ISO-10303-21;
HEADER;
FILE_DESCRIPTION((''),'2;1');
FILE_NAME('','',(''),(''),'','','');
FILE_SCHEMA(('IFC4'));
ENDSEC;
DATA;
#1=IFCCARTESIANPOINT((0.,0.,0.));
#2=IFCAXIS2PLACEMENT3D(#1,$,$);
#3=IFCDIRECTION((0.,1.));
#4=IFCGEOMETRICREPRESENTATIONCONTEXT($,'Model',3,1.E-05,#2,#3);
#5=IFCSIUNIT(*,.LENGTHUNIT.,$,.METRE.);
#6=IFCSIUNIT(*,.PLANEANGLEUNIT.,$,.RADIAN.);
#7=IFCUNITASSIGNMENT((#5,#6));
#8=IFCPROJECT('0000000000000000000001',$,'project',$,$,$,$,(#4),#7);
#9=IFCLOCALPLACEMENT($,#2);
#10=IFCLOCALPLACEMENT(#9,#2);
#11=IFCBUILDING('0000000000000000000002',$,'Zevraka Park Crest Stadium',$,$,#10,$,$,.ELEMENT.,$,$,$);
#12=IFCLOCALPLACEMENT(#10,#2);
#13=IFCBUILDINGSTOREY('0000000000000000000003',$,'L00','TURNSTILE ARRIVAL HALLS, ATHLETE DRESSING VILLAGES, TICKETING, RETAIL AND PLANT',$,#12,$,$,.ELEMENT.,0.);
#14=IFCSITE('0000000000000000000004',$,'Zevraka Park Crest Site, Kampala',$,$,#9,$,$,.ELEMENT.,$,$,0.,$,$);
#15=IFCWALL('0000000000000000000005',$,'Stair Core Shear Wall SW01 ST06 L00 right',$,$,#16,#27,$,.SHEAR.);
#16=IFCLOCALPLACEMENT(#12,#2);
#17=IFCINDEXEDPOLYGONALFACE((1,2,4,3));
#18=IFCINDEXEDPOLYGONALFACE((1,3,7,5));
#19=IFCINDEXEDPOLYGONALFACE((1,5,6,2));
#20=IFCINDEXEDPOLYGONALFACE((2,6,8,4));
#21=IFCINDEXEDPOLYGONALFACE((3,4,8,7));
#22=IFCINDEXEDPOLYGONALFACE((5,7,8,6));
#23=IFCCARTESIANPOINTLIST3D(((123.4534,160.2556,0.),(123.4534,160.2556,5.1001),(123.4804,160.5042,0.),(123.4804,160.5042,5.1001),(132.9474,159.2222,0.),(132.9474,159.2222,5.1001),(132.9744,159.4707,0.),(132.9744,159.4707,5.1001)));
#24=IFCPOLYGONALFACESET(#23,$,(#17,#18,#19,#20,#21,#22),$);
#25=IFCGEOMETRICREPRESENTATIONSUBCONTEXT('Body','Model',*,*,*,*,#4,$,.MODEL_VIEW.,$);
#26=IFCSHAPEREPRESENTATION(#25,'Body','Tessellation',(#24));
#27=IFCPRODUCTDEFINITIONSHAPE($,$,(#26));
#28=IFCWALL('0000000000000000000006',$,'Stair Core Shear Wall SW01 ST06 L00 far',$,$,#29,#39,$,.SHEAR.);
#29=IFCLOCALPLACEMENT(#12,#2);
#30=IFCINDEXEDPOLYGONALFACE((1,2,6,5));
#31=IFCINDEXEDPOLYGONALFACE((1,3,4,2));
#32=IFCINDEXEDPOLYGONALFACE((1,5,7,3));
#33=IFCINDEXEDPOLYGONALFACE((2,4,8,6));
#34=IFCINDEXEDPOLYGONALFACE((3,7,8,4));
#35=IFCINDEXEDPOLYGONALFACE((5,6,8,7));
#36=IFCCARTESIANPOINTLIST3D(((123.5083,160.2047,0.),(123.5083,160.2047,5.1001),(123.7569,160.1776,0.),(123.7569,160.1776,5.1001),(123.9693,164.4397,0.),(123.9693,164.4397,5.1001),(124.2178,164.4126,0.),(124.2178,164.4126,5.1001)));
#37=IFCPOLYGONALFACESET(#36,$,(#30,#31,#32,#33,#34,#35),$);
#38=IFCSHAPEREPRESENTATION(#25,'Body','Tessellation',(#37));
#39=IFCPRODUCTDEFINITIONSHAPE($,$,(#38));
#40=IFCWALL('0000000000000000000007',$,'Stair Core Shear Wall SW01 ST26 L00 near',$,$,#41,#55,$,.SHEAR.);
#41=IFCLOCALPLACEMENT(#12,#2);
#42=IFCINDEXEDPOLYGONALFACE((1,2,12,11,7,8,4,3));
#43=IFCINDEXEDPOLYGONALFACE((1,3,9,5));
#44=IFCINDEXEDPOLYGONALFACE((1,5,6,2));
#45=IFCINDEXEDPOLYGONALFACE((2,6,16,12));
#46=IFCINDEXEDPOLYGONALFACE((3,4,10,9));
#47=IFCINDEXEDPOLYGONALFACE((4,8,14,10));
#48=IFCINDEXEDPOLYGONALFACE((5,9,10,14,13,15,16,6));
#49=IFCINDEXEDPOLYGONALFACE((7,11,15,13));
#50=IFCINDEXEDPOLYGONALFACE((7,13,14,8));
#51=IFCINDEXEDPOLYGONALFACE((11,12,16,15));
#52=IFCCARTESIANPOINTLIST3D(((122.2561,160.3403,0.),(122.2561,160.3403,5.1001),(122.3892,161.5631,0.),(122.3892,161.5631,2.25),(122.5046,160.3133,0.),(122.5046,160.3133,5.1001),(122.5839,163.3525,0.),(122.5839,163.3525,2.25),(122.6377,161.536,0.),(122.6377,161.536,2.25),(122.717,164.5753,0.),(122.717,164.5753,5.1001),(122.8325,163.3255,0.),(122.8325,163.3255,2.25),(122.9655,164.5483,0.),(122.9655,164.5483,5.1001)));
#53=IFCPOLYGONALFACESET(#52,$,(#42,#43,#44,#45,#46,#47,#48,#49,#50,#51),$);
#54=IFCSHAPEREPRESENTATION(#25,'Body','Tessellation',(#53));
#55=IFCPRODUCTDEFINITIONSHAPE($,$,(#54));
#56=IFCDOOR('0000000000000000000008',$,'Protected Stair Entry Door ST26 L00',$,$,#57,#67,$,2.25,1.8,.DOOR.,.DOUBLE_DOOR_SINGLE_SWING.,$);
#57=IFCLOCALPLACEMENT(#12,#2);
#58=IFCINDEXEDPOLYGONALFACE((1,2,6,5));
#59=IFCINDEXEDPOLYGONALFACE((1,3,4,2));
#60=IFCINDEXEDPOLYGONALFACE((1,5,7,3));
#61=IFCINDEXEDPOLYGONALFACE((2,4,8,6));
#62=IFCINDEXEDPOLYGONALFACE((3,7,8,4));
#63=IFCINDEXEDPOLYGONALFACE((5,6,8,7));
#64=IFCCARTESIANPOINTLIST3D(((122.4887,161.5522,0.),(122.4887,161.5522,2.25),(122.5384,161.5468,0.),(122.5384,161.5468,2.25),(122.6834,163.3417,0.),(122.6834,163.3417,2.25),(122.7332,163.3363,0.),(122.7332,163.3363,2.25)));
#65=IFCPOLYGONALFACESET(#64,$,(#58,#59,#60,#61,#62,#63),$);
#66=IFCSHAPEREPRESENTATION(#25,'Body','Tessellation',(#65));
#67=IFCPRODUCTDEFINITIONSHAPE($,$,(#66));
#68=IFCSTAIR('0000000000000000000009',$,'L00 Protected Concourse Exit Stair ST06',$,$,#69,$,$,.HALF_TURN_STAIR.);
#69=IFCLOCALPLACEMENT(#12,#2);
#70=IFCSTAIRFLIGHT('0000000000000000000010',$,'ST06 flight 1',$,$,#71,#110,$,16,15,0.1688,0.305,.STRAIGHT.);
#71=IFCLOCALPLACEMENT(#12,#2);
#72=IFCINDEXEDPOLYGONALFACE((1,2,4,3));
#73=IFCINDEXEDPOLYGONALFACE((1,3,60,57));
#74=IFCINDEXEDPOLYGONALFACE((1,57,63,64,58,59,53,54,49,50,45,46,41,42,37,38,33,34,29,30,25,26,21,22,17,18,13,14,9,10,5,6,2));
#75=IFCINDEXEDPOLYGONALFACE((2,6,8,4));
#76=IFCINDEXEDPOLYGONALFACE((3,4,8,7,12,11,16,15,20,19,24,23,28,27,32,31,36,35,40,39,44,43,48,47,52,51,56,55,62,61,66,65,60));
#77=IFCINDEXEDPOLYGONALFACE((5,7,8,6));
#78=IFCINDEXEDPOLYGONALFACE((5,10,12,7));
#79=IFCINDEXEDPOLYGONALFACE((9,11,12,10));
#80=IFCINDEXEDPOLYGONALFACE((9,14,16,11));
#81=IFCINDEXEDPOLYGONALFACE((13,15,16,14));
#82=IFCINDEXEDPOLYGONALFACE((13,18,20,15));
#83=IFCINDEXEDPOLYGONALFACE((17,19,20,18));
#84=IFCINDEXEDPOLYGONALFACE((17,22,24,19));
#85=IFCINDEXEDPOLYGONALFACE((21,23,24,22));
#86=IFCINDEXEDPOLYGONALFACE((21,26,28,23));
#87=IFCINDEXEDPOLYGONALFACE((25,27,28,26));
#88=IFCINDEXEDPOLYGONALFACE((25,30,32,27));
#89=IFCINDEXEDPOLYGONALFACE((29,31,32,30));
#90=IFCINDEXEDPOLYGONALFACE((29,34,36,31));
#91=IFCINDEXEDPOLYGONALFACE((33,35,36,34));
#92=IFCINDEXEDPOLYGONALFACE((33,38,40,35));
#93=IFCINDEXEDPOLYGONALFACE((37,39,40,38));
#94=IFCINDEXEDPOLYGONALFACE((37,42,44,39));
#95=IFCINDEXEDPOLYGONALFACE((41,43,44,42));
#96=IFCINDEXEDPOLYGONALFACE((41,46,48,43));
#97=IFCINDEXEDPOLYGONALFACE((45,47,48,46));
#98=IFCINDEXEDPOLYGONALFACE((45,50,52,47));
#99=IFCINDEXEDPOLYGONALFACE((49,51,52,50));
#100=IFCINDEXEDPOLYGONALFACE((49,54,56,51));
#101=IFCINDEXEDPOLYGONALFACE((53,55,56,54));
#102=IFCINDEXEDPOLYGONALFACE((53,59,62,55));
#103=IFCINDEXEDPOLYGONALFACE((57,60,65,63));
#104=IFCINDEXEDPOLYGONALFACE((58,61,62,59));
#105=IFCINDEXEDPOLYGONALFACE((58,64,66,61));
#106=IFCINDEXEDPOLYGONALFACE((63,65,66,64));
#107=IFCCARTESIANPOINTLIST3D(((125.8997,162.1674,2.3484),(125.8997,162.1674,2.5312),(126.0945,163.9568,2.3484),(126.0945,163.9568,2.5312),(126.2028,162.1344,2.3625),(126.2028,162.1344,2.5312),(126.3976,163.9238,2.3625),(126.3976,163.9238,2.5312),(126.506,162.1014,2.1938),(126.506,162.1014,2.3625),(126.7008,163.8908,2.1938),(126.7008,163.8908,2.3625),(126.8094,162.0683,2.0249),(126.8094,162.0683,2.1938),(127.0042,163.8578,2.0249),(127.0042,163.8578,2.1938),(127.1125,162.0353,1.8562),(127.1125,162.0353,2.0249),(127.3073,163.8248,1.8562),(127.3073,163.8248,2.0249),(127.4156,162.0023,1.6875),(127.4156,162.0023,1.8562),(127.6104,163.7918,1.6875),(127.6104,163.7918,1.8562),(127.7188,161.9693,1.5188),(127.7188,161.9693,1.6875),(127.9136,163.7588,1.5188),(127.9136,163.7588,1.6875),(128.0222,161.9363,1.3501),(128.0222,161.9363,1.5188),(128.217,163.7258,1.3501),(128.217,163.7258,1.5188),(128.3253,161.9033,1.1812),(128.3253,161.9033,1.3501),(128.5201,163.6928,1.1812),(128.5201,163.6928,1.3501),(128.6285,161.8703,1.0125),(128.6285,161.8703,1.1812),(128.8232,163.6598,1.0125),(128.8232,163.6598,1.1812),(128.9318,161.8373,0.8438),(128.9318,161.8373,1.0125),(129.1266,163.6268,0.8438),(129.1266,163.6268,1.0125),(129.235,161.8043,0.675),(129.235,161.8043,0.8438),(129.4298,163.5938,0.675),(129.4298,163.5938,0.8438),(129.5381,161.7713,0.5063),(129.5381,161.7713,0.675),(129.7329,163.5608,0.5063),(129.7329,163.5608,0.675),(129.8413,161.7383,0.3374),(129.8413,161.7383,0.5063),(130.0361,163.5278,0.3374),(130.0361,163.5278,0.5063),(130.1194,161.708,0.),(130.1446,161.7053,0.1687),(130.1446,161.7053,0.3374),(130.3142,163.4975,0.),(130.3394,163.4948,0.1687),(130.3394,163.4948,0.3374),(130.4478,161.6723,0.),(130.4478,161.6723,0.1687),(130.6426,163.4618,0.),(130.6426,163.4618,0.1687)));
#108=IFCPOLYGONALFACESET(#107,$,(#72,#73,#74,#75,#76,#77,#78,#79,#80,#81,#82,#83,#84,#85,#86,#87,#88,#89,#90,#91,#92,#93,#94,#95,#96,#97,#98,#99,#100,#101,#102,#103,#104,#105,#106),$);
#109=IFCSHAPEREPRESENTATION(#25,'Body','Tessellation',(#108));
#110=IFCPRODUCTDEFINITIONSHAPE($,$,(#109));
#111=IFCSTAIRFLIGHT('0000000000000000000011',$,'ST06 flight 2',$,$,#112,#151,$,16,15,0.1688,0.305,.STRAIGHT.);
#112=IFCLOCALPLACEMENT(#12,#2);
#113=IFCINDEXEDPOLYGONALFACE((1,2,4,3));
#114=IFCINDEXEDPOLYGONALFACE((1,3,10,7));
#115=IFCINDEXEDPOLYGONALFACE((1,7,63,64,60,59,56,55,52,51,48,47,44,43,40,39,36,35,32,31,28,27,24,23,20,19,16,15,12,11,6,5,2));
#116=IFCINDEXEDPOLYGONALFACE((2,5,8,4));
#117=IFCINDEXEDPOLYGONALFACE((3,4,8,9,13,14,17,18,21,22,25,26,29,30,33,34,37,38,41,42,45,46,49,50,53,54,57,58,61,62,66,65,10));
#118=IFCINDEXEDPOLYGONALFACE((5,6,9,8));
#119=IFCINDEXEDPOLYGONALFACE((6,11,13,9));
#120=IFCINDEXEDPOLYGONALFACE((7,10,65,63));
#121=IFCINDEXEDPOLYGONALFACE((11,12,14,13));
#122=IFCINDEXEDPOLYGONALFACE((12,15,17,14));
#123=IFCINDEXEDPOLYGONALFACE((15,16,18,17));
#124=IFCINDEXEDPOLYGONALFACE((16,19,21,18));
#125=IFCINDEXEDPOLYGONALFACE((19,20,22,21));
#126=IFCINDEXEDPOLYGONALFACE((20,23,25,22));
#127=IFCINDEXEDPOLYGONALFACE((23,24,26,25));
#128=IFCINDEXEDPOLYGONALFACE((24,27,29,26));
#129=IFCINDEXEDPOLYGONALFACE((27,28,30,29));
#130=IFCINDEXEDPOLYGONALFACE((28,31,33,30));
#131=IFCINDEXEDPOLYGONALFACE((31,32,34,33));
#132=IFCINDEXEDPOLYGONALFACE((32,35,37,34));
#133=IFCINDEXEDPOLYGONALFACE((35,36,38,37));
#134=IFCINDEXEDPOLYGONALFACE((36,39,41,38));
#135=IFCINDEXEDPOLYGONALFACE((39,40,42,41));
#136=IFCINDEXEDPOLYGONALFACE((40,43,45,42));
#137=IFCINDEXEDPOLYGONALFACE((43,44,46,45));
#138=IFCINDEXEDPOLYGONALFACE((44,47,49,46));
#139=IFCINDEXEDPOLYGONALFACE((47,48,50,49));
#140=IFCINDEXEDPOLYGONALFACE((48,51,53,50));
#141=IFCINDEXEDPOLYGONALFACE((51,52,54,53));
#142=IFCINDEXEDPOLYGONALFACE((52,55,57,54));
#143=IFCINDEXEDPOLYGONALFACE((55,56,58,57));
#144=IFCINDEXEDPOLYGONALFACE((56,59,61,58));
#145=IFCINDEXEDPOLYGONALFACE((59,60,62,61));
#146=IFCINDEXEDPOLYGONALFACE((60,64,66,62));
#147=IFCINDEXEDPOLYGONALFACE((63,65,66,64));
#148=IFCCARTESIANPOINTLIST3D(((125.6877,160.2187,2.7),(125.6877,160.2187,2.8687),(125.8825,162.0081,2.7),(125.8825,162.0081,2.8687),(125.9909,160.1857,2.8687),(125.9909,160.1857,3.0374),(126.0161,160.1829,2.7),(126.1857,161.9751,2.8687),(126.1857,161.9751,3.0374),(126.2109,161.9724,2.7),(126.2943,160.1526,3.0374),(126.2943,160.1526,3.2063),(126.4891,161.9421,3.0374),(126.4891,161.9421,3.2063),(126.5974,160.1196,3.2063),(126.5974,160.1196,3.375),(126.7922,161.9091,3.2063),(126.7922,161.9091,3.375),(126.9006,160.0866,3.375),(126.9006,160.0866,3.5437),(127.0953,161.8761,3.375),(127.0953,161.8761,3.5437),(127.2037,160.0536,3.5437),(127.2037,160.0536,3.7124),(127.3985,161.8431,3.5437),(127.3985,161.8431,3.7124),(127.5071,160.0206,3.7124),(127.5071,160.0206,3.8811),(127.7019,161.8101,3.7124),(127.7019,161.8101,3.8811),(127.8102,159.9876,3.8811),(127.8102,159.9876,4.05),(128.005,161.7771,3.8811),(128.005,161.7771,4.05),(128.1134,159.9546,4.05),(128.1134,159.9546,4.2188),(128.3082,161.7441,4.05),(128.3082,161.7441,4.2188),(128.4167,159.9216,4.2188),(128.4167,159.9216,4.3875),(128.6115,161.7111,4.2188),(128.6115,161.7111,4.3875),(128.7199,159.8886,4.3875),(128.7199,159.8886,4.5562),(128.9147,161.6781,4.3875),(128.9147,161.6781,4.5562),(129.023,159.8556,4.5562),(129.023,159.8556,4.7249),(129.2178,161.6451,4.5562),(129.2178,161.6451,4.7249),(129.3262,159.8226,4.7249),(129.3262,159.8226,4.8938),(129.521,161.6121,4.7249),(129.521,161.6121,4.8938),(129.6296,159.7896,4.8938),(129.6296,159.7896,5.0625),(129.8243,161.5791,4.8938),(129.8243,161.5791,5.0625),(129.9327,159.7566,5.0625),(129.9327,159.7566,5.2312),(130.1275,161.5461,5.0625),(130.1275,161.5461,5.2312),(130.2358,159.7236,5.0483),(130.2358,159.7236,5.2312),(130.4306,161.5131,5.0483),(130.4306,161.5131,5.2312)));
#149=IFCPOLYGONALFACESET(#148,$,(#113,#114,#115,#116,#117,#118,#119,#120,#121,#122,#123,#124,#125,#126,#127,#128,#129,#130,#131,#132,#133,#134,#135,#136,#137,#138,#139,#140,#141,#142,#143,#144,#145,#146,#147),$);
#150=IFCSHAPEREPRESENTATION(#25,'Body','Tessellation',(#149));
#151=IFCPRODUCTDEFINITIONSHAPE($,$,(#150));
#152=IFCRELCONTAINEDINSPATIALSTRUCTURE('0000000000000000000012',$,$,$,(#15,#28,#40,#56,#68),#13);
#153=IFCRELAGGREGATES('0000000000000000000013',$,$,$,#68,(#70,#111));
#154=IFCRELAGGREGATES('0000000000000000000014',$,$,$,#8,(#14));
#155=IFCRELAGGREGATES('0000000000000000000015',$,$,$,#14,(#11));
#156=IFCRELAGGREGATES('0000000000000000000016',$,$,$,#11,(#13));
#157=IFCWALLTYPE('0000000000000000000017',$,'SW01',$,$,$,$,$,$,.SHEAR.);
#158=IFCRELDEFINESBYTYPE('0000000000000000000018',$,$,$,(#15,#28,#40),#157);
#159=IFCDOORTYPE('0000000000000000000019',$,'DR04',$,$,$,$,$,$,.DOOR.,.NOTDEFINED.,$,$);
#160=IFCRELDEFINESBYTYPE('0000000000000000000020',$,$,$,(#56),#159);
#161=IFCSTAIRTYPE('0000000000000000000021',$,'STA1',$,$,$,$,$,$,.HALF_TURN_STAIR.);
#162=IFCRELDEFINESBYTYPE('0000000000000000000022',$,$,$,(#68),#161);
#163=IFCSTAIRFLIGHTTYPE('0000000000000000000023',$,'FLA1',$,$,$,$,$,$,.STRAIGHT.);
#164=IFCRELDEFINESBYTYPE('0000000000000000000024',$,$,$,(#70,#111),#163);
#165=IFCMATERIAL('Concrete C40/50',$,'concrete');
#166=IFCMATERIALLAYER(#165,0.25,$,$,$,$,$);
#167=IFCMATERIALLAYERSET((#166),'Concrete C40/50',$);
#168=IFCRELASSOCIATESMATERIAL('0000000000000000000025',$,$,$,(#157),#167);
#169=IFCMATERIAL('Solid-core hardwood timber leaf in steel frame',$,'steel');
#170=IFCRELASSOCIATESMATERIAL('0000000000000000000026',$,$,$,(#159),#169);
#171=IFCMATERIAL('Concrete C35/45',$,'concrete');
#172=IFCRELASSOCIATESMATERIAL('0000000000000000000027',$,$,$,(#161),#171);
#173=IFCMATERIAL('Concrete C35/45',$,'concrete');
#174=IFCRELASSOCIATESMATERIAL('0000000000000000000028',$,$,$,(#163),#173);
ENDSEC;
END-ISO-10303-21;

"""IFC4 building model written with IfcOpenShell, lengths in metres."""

from ifc_helpers import new_model, si_unit, direction, frame, frame_2d, origin, place, context, subcontext, project, spatial, polyline, rectangle, outline, extrude, material, layer, layer_set, type_object, element, fill, aggregate, save


model = new_model("IFC4")

# Units and contexts
model_context = context("Model", 3, precision=1e-05, world=origin(), true_north=direction((0.0, 1.0)))
body_context = subcontext(model_context, "Body", "Model", "MODEL_VIEW")
ifc_project = project(units=[si_unit("LENGTHUNIT", "METRE"), si_unit("PLANEANGLEUNIT", "RADIAN")], contexts=[model_context])

# Site, building, storey
site_placement = place(None, origin())
site = spatial("IfcSite", under=ifc_project, at=site_placement, Name="Zevraka Park Crest Site, Kampala", CompositionType="ELEMENT", RefElevation=0.0)
building_placement = place(site_placement, origin())
building = spatial("IfcBuilding", under=site, at=building_placement, Name="Zevraka Park Crest Stadium", CompositionType="ELEMENT")
storey_placement = place(building_placement, origin())
storey = spatial("IfcBuildingStorey", under=building, at=storey_placement, Name="L00", Description="TURNSTILE ARRIVAL HALLS, ATHLETE DRESSING VILLAGES, TICKETING, RETAIL AND PLANT", CompositionType="ELEMENT", Elevation=0.0)

# Shared definitions
ifc_material_1 = material(Name="Concrete C40/50", Category="concrete")
ifc_layer_1 = layer(ifc_material_1, 0.25)
ifc_layer_set_1 = layer_set([ifc_layer_1], Name="Concrete C40/50")
wall_type_1 = type_object("IfcWallType", Name="SW01", PredefinedType="SHEAR", material=ifc_layer_set_1)

# Walls
wall_1_placement = place(storey_placement, frame((123.467, 160.3799, 0.0), z_axis=(0.0, 0.0, 1.0), x_axis=(0.994128, -0.108215, 0.0)))
element("IfcWall", 1, at=wall_1_placement, inside=storey, type_object=wall_type_1, Name="Stair Core Shear Wall SW01 ST06 L00 right", PredefinedType="SHEAR", context=body_context, shape_type="SweptSolid", body=[
    extrude(rectangle(XDim=9.55, YDim=0.25, at=frame_2d((4.7749, 0.0))), origin(), (0.0, 0.0, 1.0), 5.1001),
])
wall_2_placement = place(storey_placement, frame((124.0935, 164.426, 0.0), z_axis=(0.0, 0.0, 1.0), x_axis=(-0.108198, -0.994129, 0.0)))
element("IfcWall", 2, at=wall_2_placement, inside=storey, type_object=wall_type_1, Name="Stair Core Shear Wall SW01 ST06 L00 far", PredefinedType="SHEAR", context=body_context, shape_type="SweptSolid", body=[
    extrude(rectangle(XDim=4.26, YDim=0.25, at=frame_2d((2.1299, 0.0))), origin(), (0.0, 0.0, 1.0), 5.1001),
])

# Wall, opening, door
wall_3_placement = place(storey_placement, frame((122.3804, 160.3269, 0.0), z_axis=(0.0, 0.0, 1.0), x_axis=(0.108198, 0.994129, 0.0)))
wall_3 = element("IfcWall", 3, at=wall_3_placement, inside=storey, type_object=wall_type_1, Name="Stair Core Shear Wall SW01 ST26 L00 near", PredefinedType="SHEAR", context=body_context, shape_type="SweptSolid", body=[
    extrude(rectangle(XDim=4.26, YDim=0.25, at=frame_2d((2.1299, 0.0))), origin(), (0.0, 0.0, 1.0), 5.1001),
])
opening_1_placement = place(wall_3_placement, frame((1.23, 0.0, 0.0)))
opening_1 = element("IfcOpeningElement", 4, at=opening_1_placement, cuts=wall_3, PredefinedType="OPENING", context=body_context, shape_type="SweptSolid", body=[
    extrude(rectangle(XDim=1.8, YDim=2.25, at=frame_2d((0.8999, 1.125))), frame((0.0, 0.135, 0.0), z_axis=(0.0, -1.0, 0.0), x_axis=(1.0, 0.0, 0.0)), (0.0, 0.0, 1.0), 0.27),
])
ifc_material_2 = material(Name="Solid-core hardwood timber leaf in steel frame", Category="steel")
door_type_1 = type_object("IfcDoorType", Name="DR04", OperationType="NOTDEFINED", PredefinedType="DOOR", material=ifc_material_2)
door_1_placement = place(opening_1_placement, origin())
door_1 = element("IfcDoor", 5, at=door_1_placement, inside=storey, type_object=door_type_1, Name="Protected Stair Entry Door ST26 L00", OperationType="DOUBLE_DOOR_SINGLE_SWING", OverallHeight=2.25, OverallWidth=1.8, PredefinedType="DOOR", context=body_context, shape_type="SweptSolid", body=[
    extrude(rectangle(XDim=1.8, YDim=2.25, at=frame_2d((0.8999, 1.125))), frame((0.0, 0.0249, 0.0), z_axis=(0.0, -1.0, 0.0), x_axis=(1.0, 0.0, 0.0)), (0.0, 0.0, 1.0), 0.05),
])
fill(opening_1, door_1)

# Stair, stair flights
ifc_material_3 = material(Name="Concrete C35/45", Category="concrete")
stair_type = type_object("IfcStairType", Name="STA1", PredefinedType="HALF_TURN_STAIR", material=ifc_material_3)
stair_placement = place(storey_placement, origin())
stair = element("IfcStair", 6, at=stair_placement, inside=storey, type_object=stair_type, Name="L00 Protected Concourse Exit Stair ST06", PredefinedType="HALF_TURN_STAIR")
ifc_material_4 = material(Name="Concrete C35/45", Category="concrete")
stair_flight_type = type_object("IfcStairFlightType", Name="FLA1", PredefinedType="STRAIGHT", material=ifc_material_4)
stair_flight_1_placement = place(storey_placement, frame((130.5452, 162.5669, 0.0), z_axis=(0.0, 0.0, 1.0), x_axis=(-0.994128, 0.108215, 0.0)))
stair_flight_1 = element("IfcStairFlight", 7, at=stair_flight_1_placement, type_object=stair_flight_type, Name="ST06 flight 1", NumberOfRisers=16, NumberOfTreads=15, PredefinedType="STRAIGHT", RiserHeight=0.1688, TreadLength=0.305, context=body_context, shape_type="SweptSolid", body=[
    extrude(outline(polyline([(0.0, 0.0), (0.0, 0.1687), (0.3049, 0.1687), (0.3049, 0.3374), (0.6101, 0.3374), (0.6101, 0.5063), (0.915, 0.5063), (0.915, 0.675), (1.22, 0.675), (1.22, 0.8438), (1.5249, 0.8438), (1.5249, 1.0125), (1.8301, 1.0125), (1.8301, 1.1812), (2.135, 1.1812), (2.135, 1.3501), (2.4399, 1.3501), (2.4399, 1.5188), (2.7451, 1.5188), (2.7451, 1.6875), (3.05, 1.6875), (3.05, 1.8562), (3.355, 1.8562), (3.355, 2.0249), (3.6599, 2.0249), (3.6599, 2.1938), (3.9651, 2.1938), (3.9651, 2.3625), (4.27, 2.3625), (4.27, 2.5312), (4.575, 2.5312), (4.575, 2.7), (4.575, 2.3484), (0.3303, 0.0), (0.0, 0.0)])), frame((0.0, 0.8999, 0.0), z_axis=(0.0, -1.0, 0.0), x_axis=(1.0, 0.0, 0.0)), (0.0, 0.0, 1.0), 1.8),
])
stair_flight_2_placement = place(storey_placement, frame((125.7852, 161.1135, 2.7), z_axis=(0.0, 0.0, 1.0), x_axis=(0.994128, -0.108215, 0.0)))
stair_flight_2 = element("IfcStairFlight", 8, at=stair_flight_2_placement, type_object=stair_flight_type, Name="ST06 flight 2", NumberOfRisers=16, NumberOfTreads=15, PredefinedType="STRAIGHT", RiserHeight=0.1688, TreadLength=0.305, context=body_context, shape_type="SweptSolid", body=[
    extrude(outline(polyline([(0.0, 0.0), (0.0, 0.1687), (0.3049, 0.1687), (0.3049, 0.3374), (0.6101, 0.3374), (0.6101, 0.5063), (0.915, 0.5063), (0.915, 0.675), (1.22, 0.675), (1.22, 0.8438), (1.5249, 0.8438), (1.5249, 1.0125), (1.8301, 1.0125), (1.8301, 1.1812), (2.135, 1.1812), (2.135, 1.3501), (2.4399, 1.3501), (2.4399, 1.5188), (2.7451, 1.5188), (2.7451, 1.6875), (3.05, 1.6875), (3.05, 1.8562), (3.355, 1.8562), (3.355, 2.0249), (3.6599, 2.0249), (3.6599, 2.1938), (3.9651, 2.1938), (3.9651, 2.3625), (4.27, 2.3625), (4.27, 2.5312), (4.575, 2.5312), (4.575, 2.7), (4.575, 2.3484), (0.3303, 0.0), (0.0, 0.0)])), frame((0.0, 0.8999, 0.0), z_axis=(0.0, -1.0, 0.0), x_axis=(1.0, 0.0, 0.0)), (0.0, 0.0, 1.0), 1.8),
])
aggregate(stair, [stair_flight_1, stair_flight_2])

save(model, "model.ifc")
